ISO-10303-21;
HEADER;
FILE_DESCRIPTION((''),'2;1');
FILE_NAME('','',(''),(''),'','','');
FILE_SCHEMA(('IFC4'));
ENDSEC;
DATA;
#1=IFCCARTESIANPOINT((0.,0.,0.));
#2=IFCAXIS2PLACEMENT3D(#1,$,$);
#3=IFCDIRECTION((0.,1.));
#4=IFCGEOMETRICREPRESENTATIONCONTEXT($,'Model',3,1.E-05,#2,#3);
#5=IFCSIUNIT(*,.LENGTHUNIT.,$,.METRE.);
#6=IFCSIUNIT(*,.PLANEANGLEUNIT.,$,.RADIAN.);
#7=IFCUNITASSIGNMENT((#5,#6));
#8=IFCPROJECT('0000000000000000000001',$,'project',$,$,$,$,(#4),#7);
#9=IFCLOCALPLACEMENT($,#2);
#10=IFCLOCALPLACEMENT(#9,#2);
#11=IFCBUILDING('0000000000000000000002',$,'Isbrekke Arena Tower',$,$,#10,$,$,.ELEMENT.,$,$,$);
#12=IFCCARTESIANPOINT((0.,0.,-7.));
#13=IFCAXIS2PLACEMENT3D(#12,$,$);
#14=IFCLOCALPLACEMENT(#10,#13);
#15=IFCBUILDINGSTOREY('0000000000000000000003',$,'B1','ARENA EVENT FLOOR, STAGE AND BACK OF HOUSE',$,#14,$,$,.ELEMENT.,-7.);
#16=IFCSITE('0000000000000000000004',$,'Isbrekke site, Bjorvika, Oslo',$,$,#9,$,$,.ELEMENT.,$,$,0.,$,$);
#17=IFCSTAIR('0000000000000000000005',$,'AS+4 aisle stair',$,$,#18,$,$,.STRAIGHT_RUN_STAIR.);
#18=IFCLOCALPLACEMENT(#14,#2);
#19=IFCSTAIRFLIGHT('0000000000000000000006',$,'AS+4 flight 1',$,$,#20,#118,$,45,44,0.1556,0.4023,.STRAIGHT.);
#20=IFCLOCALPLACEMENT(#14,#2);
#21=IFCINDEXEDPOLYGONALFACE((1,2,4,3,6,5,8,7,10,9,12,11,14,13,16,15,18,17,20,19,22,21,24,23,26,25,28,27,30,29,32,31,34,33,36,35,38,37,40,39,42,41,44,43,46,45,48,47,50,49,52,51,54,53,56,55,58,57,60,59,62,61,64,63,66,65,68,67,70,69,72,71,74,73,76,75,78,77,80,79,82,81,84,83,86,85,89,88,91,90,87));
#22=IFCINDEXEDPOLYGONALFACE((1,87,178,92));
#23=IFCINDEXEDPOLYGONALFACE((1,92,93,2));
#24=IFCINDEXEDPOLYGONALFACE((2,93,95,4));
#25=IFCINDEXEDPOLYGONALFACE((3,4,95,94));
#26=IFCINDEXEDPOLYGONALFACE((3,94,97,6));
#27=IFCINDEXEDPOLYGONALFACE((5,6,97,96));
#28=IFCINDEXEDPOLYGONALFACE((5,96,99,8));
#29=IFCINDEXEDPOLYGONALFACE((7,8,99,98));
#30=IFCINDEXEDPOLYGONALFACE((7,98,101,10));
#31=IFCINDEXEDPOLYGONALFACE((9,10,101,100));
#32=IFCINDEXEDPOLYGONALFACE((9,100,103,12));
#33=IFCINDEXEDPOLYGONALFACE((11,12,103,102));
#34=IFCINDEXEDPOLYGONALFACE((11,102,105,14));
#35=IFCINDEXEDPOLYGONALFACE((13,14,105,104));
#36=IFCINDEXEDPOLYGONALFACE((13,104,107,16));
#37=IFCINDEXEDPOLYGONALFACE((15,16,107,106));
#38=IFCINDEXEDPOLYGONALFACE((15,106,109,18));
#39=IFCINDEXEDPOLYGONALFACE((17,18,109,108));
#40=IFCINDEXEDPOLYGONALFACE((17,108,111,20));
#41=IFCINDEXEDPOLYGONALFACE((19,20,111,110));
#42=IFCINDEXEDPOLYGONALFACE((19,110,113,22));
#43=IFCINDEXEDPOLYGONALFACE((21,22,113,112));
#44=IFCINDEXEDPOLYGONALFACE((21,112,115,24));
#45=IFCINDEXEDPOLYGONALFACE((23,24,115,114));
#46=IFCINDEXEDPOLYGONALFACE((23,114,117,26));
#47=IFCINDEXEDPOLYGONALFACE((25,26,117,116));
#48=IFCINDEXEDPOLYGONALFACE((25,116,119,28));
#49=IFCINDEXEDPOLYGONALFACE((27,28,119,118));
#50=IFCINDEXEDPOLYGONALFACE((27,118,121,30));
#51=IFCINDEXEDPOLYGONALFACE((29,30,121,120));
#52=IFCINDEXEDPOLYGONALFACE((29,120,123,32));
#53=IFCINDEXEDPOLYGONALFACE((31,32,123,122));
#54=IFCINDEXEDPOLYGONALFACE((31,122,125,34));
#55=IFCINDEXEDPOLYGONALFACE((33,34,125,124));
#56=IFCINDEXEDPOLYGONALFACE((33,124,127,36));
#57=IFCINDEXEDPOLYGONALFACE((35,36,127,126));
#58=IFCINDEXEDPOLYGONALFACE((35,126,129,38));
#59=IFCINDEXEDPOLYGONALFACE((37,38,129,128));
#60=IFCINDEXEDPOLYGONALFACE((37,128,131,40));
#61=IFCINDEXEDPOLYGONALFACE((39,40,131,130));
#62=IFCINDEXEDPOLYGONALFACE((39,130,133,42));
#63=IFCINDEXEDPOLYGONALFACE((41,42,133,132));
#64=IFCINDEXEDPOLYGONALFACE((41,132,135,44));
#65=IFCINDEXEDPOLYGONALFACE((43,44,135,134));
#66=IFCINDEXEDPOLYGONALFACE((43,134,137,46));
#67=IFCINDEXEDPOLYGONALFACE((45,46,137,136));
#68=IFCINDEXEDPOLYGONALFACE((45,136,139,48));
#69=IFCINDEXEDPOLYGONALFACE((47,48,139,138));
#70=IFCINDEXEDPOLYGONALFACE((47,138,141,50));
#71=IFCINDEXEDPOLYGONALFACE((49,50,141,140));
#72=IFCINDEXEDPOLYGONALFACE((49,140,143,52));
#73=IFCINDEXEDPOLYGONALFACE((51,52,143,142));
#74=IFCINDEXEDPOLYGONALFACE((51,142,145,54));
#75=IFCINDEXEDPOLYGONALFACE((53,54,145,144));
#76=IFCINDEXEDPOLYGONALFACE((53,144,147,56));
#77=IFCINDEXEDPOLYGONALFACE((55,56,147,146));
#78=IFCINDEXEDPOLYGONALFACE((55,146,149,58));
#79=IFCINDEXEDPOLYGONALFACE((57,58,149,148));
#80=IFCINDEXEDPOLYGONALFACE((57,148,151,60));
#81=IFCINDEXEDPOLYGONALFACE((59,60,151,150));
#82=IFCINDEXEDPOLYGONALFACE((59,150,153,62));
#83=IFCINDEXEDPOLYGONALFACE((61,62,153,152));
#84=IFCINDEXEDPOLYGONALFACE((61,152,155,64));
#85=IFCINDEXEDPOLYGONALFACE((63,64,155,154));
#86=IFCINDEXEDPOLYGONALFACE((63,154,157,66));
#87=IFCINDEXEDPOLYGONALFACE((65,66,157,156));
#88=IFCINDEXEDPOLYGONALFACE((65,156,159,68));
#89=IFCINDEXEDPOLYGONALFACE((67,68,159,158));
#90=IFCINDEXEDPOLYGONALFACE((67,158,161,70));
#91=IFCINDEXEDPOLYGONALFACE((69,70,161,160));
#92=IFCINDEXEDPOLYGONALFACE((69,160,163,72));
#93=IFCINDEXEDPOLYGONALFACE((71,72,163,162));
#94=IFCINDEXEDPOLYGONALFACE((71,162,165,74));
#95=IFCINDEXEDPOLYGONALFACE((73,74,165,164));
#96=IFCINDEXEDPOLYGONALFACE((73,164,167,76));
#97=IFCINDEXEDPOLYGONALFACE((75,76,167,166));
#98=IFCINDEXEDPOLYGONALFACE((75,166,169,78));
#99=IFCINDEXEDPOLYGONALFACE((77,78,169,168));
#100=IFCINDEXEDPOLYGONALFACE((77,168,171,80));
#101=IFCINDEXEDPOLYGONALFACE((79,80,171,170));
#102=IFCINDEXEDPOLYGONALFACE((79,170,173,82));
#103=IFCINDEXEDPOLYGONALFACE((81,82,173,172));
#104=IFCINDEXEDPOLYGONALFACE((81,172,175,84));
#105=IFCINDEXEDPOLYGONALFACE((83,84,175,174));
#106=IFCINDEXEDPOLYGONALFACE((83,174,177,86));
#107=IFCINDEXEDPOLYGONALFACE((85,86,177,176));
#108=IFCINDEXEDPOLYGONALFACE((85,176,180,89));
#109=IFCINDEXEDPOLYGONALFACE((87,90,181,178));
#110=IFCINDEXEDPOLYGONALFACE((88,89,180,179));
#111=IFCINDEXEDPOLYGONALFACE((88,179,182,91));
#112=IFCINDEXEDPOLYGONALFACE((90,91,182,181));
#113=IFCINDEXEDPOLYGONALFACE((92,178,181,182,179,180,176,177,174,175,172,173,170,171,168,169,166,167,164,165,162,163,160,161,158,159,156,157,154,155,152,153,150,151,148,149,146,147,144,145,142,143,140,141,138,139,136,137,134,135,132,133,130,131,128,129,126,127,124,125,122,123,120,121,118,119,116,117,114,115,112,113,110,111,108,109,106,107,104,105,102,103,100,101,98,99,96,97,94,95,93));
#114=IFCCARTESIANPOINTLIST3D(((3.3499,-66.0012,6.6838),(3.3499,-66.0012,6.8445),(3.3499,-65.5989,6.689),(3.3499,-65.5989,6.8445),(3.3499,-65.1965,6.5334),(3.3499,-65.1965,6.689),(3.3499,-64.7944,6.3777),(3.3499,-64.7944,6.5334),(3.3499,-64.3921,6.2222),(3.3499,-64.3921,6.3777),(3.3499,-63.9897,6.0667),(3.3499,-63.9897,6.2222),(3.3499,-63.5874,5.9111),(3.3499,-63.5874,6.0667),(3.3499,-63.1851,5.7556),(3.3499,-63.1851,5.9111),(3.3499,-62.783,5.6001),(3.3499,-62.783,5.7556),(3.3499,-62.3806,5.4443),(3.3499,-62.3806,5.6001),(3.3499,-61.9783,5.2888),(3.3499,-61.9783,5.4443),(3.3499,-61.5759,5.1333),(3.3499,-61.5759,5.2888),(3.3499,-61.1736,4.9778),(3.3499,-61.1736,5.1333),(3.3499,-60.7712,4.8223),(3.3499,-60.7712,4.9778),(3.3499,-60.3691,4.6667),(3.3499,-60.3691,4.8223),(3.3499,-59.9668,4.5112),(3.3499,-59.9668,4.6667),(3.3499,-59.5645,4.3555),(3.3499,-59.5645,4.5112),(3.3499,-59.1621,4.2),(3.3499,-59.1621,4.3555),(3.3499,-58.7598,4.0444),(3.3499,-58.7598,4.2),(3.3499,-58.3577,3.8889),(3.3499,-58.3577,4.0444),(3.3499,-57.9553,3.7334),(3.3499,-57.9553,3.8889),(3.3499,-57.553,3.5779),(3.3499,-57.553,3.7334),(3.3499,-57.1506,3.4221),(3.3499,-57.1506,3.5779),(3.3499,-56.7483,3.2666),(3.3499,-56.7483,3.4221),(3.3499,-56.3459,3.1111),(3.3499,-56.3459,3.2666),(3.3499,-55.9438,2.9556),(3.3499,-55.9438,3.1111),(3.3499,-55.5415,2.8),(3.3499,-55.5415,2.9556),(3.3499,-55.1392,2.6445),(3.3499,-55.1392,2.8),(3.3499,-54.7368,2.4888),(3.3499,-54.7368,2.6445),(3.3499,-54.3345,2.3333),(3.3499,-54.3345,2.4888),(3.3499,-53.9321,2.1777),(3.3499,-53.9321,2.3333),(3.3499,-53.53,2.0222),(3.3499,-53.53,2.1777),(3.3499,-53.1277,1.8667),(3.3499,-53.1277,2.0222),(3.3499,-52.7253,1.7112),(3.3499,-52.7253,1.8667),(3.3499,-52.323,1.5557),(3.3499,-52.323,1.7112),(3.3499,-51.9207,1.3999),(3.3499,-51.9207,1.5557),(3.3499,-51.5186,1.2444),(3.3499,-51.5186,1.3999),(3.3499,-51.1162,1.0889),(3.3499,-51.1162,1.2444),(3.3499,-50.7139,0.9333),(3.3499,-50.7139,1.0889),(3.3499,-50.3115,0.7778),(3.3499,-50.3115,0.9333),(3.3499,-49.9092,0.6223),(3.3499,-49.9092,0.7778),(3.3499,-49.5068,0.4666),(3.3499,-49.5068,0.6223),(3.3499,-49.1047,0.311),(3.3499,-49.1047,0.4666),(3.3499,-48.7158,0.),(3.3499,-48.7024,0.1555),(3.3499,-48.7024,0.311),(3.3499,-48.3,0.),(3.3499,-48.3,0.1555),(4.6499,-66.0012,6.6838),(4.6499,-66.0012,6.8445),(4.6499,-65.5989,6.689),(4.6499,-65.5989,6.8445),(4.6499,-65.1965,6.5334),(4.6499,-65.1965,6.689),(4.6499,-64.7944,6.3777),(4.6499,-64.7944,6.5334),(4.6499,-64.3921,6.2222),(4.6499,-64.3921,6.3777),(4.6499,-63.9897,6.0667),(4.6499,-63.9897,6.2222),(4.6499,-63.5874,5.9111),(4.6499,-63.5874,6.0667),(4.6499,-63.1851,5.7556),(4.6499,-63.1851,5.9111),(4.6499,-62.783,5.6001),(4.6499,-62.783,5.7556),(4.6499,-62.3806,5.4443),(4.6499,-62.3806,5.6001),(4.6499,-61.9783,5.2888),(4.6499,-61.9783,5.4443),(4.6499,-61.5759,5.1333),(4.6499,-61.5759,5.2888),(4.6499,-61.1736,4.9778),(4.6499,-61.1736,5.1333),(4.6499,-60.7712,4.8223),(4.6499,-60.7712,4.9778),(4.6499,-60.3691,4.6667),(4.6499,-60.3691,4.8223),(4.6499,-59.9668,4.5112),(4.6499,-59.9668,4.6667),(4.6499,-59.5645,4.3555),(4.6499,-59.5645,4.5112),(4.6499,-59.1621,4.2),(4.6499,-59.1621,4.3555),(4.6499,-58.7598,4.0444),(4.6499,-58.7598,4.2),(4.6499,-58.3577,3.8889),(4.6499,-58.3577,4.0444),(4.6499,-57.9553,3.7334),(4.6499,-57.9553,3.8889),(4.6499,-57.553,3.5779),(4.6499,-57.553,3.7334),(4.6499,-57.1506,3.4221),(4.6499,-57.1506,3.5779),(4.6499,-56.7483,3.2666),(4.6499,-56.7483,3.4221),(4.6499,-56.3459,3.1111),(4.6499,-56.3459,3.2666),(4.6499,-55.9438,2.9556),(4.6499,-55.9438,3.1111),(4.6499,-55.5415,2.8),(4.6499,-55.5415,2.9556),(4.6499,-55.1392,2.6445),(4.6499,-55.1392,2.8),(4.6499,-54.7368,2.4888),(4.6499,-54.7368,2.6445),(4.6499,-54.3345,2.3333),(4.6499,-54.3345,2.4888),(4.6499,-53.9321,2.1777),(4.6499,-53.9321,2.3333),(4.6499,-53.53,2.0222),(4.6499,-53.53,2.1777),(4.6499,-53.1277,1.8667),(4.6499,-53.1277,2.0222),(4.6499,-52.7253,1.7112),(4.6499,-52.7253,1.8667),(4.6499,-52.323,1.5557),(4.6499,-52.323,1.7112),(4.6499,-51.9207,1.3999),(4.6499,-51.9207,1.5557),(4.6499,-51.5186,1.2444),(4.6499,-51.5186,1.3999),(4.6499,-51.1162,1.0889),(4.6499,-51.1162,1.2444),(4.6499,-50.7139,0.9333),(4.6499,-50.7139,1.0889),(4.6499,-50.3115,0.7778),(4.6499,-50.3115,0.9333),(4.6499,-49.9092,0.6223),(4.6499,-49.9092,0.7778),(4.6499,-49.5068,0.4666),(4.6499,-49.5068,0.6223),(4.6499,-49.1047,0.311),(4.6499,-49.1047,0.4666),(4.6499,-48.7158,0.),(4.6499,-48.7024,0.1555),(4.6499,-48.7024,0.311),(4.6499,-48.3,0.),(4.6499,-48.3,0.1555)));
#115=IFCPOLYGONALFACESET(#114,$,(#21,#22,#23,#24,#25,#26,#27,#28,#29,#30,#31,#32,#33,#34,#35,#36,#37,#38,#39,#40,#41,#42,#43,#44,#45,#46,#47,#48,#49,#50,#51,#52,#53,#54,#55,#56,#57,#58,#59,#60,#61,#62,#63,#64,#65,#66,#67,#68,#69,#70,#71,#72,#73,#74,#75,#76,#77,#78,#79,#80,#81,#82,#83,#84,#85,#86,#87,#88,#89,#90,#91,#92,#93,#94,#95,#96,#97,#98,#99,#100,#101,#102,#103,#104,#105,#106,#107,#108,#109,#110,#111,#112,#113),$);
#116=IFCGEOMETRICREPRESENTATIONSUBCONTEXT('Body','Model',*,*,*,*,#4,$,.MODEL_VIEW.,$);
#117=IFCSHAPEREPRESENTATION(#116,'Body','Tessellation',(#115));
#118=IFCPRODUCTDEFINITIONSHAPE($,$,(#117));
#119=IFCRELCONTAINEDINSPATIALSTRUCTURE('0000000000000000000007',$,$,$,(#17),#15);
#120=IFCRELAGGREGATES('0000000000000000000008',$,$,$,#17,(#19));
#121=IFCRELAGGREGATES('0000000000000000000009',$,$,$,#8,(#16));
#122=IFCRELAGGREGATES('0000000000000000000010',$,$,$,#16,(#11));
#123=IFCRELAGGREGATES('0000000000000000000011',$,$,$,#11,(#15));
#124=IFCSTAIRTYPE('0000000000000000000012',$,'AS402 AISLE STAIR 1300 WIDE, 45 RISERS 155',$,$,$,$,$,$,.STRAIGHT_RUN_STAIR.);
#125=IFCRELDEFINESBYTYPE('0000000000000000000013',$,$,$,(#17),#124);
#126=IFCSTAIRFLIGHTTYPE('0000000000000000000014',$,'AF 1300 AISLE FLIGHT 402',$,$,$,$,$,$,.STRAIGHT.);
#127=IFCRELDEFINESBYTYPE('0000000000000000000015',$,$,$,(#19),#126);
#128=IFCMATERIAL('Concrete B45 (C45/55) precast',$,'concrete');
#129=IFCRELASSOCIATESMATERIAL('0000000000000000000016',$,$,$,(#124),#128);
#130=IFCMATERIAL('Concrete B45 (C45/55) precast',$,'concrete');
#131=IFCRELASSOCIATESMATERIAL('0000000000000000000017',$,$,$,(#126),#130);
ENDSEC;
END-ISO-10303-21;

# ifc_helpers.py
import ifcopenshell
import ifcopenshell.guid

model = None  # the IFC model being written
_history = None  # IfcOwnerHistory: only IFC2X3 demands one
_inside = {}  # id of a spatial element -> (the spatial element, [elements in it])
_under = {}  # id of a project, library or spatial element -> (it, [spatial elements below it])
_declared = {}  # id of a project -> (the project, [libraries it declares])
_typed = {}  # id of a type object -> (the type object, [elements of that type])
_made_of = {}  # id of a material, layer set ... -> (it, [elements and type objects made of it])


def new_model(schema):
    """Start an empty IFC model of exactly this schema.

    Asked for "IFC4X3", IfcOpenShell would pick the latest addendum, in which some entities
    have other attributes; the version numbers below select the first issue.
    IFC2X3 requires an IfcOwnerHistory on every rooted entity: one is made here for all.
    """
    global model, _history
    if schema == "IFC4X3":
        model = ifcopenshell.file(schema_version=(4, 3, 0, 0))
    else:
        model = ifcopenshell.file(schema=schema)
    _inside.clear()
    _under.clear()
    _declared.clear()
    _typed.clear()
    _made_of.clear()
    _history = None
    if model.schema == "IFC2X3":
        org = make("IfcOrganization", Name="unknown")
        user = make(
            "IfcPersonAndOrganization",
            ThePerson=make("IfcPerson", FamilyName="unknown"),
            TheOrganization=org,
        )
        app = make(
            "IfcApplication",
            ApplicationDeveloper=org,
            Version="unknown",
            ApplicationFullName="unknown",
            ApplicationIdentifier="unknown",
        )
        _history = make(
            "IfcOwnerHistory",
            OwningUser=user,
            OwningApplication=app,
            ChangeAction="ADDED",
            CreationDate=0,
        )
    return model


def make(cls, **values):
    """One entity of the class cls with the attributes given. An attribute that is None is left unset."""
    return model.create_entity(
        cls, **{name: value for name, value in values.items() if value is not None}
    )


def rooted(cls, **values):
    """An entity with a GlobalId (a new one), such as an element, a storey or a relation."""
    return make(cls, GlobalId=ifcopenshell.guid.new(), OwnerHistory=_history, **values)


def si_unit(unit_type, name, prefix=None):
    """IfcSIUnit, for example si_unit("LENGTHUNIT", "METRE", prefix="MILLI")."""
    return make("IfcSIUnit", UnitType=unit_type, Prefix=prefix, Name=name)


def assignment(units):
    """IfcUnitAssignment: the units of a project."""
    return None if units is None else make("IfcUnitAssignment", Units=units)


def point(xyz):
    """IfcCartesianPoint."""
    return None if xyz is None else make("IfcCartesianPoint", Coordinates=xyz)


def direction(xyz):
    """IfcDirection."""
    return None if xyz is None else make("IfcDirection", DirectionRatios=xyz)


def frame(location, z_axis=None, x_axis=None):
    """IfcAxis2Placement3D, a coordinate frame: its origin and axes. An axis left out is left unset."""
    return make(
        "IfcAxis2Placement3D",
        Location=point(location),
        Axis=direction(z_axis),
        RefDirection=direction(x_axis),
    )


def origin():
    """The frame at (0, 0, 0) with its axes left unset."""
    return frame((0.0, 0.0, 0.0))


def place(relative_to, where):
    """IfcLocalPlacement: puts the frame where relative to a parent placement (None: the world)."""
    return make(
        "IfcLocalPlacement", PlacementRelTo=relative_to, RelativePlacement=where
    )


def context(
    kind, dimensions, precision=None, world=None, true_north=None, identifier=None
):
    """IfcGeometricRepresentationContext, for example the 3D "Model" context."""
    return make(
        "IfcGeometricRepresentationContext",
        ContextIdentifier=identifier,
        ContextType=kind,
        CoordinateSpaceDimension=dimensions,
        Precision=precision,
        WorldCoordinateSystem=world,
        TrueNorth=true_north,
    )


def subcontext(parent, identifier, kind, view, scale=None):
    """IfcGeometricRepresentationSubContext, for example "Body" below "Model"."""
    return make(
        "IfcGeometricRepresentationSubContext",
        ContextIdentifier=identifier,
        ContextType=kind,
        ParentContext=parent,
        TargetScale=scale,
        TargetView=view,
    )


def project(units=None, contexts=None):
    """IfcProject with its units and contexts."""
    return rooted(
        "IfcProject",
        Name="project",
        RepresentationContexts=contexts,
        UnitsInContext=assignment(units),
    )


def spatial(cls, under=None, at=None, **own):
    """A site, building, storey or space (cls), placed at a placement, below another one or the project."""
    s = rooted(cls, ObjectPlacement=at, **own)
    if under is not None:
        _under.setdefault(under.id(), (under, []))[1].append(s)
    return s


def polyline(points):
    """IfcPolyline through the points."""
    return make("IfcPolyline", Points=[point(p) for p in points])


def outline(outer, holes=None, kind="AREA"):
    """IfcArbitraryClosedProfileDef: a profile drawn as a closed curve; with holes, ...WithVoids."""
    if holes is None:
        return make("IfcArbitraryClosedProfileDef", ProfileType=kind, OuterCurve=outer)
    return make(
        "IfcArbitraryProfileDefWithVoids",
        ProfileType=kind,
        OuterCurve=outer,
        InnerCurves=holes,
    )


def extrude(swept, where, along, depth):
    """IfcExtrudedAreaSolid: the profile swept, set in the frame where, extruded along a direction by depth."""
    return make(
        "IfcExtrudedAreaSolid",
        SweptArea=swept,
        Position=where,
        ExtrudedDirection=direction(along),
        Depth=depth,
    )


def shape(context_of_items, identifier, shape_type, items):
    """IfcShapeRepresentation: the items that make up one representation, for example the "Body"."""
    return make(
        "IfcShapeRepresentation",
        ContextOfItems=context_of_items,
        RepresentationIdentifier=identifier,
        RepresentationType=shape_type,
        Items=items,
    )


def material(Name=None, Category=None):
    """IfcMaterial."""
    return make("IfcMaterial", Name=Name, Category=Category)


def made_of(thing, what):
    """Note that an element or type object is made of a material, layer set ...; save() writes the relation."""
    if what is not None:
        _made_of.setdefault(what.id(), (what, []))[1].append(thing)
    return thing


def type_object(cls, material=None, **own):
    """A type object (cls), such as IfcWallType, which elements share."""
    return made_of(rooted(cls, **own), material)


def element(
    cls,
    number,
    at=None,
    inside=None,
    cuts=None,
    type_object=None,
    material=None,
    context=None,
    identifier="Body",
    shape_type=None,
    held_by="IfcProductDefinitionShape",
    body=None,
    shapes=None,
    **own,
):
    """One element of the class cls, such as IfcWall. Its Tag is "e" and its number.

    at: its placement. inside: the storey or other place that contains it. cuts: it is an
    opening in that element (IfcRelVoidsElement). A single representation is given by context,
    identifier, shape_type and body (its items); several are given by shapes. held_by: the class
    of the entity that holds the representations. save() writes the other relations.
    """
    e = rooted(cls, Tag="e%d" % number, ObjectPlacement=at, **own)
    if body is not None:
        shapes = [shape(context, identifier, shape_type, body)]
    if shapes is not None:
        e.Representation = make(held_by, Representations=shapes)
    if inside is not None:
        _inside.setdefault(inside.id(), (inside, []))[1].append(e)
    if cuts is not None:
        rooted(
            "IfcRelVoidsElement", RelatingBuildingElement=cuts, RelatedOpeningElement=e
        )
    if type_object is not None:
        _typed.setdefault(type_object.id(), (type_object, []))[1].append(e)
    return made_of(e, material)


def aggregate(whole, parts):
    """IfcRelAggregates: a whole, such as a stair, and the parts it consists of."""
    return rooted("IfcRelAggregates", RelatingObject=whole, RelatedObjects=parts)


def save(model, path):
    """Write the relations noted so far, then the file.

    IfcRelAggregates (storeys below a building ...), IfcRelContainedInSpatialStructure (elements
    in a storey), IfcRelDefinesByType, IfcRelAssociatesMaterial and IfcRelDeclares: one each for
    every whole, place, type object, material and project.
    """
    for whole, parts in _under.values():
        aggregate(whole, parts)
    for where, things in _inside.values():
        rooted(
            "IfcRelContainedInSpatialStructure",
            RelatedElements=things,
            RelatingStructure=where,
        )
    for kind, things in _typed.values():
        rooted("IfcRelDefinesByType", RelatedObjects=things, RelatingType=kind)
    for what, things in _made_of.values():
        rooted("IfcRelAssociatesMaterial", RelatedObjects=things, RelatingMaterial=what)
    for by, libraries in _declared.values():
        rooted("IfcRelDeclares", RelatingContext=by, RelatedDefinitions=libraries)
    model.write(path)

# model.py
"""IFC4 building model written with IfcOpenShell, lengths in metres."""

from ifc_helpers import new_model, si_unit, direction, frame, origin, place, context, subcontext, project, spatial, polyline, outline, extrude, material, type_object, element, aggregate, save


model = new_model("IFC4")

# Units and contexts
model_context = context("Model", 3, precision=1e-05, world=origin(), true_north=direction((0.0, 1.0)))
body_context = subcontext(model_context, "Body", "Model", "MODEL_VIEW")
ifc_project = project(units=[si_unit("LENGTHUNIT", "METRE"), si_unit("PLANEANGLEUNIT", "RADIAN")], contexts=[model_context])

# Site, building, storey
site_placement = place(None, origin())
site = spatial("IfcSite", under=ifc_project, at=site_placement, Name="Isbrekke site, Bjorvika, Oslo", CompositionType="ELEMENT", RefElevation=0.0)
building_placement = place(site_placement, origin())
building = spatial("IfcBuilding", under=site, at=building_placement, Name="Isbrekke Arena Tower", CompositionType="ELEMENT")
storey_placement = place(building_placement, frame((0.0, 0.0, -7.0)))
storey = spatial("IfcBuildingStorey", under=building, at=storey_placement, Name="B1", Description="ARENA EVENT FLOOR, STAGE AND BACK OF HOUSE", CompositionType="ELEMENT", Elevation=-7.0)

# Stair, stair flight
ifc_material_1 = material(Name="Concrete B45 (C45/55) precast", Category="concrete")
stair_type = type_object("IfcStairType", Name="AS402 AISLE STAIR 1300 WIDE, 45 RISERS 155", PredefinedType="STRAIGHT_RUN_STAIR", material=ifc_material_1)
stair_1_placement = place(storey_placement, origin())
stair_1 = element("IfcStair", 1, at=stair_1_placement, inside=storey, type_object=stair_type, Name="AS+4 aisle stair", PredefinedType="STRAIGHT_RUN_STAIR")
ifc_material_2 = material(Name="Concrete B45 (C45/55) precast", Category="concrete")
stair_flight_type = type_object("IfcStairFlightType", Name="AF 1300 AISLE FLIGHT 402", PredefinedType="STRAIGHT", material=ifc_material_2)
stair_flight_1_placement = place(storey_placement, frame((4.0, -48.3, 0.0), z_axis=(0.0, 0.0, 1.0), x_axis=(0.0, -1.0, 0.0)))
stair_flight_1 = element("IfcStairFlight", 2, at=stair_flight_1_placement, type_object=stair_flight_type, Name="AS+4 flight 1", NumberOfRisers=45, NumberOfTreads=44, PredefinedType="STRAIGHT", RiserHeight=0.1556, TreadLength=0.4023, context=body_context, shape_type="SweptSolid", body=[
    extrude(outline(polyline([(0.0, 0.0), (0.0, 0.1555), (0.4023, 0.1555), (0.4023, 0.311), (0.8047, 0.311), (0.8047, 0.4666), (1.2068, 0.4666), (1.2068, 0.6223), (1.6091, 0.6223), (1.6091, 0.7778), (2.0115, 0.7778), (2.0115, 0.9333), (2.4138, 0.9333), (2.4138, 1.0889), (2.8162, 1.0889), (2.8162, 1.2444), (3.2185, 1.2444), (3.2185, 1.3999), (3.6206, 1.3999), (3.6206, 1.5557), (4.0229, 1.5557), (4.0229, 1.7112), (4.4253, 1.7112), (4.4253, 1.8667), (4.8276, 1.8667), (4.8276, 2.0222), (5.23, 2.0222), (5.23, 2.1777), (5.6321, 2.1777), (5.6321, 2.3333), (6.0344, 2.3333), (6.0344, 2.4888), (6.4368, 2.4888), (6.4368, 2.6445), (6.8391, 2.6445), (6.8391, 2.8), (7.2415, 2.8), (7.2415, 2.9556), (7.6438, 2.9556), (7.6438, 3.1111), (8.0459, 3.1111), (8.0459, 3.2666), (8.4482, 3.2666), (8.4482, 3.4221), (8.8506, 3.4221), (8.8506, 3.5779), (9.2529, 3.5779), (9.2529, 3.7334), (9.6553, 3.7334), (9.6553, 3.8889), (10.0576, 3.8889), (10.0576, 4.0444), (10.4597, 4.0444), (10.4597, 4.2), (10.8621, 4.2), (10.8621, 4.3555), (11.2644, 4.3555), (11.2644, 4.5112), (11.6667, 4.5112), (11.6667, 4.6667), (12.0691, 4.6667), (12.0691, 4.8223), (12.4712, 4.8223), (12.4712, 4.9778), (12.8735, 4.9778), (12.8735, 5.1333), (13.2759, 5.1333), (13.2759, 5.2888), (13.6782, 5.2888), (13.6782, 5.4443), (14.0806, 5.4443), (14.0806, 5.6001), (14.4829, 5.6001), (14.4829, 5.7556), (14.885, 5.7556), (14.885, 5.9111), (15.2874, 5.9111), (15.2874, 6.0667), (15.6897, 6.0667), (15.6897, 6.2222), (16.092, 6.2222), (16.092, 6.3777), (16.4944, 6.3777), (16.4944, 6.5334), (16.8965, 6.5334), (16.8965, 6.689), (17.2988, 6.689), (17.2988, 6.8445), (17.7012, 6.8445), (17.7012, 7.0), (17.7012, 6.6838), (0.4158, 0.0), (0.0, 0.0)])), frame((0.0, 0.6499, 0.0), z_axis=(0.0, -1.0, 0.0), x_axis=(1.0, 0.0, 0.0)), (0.0, 0.0, 1.0), 1.3),
])
aggregate(stair_1, [stair_flight_1])

save(model, "model.ifc")
